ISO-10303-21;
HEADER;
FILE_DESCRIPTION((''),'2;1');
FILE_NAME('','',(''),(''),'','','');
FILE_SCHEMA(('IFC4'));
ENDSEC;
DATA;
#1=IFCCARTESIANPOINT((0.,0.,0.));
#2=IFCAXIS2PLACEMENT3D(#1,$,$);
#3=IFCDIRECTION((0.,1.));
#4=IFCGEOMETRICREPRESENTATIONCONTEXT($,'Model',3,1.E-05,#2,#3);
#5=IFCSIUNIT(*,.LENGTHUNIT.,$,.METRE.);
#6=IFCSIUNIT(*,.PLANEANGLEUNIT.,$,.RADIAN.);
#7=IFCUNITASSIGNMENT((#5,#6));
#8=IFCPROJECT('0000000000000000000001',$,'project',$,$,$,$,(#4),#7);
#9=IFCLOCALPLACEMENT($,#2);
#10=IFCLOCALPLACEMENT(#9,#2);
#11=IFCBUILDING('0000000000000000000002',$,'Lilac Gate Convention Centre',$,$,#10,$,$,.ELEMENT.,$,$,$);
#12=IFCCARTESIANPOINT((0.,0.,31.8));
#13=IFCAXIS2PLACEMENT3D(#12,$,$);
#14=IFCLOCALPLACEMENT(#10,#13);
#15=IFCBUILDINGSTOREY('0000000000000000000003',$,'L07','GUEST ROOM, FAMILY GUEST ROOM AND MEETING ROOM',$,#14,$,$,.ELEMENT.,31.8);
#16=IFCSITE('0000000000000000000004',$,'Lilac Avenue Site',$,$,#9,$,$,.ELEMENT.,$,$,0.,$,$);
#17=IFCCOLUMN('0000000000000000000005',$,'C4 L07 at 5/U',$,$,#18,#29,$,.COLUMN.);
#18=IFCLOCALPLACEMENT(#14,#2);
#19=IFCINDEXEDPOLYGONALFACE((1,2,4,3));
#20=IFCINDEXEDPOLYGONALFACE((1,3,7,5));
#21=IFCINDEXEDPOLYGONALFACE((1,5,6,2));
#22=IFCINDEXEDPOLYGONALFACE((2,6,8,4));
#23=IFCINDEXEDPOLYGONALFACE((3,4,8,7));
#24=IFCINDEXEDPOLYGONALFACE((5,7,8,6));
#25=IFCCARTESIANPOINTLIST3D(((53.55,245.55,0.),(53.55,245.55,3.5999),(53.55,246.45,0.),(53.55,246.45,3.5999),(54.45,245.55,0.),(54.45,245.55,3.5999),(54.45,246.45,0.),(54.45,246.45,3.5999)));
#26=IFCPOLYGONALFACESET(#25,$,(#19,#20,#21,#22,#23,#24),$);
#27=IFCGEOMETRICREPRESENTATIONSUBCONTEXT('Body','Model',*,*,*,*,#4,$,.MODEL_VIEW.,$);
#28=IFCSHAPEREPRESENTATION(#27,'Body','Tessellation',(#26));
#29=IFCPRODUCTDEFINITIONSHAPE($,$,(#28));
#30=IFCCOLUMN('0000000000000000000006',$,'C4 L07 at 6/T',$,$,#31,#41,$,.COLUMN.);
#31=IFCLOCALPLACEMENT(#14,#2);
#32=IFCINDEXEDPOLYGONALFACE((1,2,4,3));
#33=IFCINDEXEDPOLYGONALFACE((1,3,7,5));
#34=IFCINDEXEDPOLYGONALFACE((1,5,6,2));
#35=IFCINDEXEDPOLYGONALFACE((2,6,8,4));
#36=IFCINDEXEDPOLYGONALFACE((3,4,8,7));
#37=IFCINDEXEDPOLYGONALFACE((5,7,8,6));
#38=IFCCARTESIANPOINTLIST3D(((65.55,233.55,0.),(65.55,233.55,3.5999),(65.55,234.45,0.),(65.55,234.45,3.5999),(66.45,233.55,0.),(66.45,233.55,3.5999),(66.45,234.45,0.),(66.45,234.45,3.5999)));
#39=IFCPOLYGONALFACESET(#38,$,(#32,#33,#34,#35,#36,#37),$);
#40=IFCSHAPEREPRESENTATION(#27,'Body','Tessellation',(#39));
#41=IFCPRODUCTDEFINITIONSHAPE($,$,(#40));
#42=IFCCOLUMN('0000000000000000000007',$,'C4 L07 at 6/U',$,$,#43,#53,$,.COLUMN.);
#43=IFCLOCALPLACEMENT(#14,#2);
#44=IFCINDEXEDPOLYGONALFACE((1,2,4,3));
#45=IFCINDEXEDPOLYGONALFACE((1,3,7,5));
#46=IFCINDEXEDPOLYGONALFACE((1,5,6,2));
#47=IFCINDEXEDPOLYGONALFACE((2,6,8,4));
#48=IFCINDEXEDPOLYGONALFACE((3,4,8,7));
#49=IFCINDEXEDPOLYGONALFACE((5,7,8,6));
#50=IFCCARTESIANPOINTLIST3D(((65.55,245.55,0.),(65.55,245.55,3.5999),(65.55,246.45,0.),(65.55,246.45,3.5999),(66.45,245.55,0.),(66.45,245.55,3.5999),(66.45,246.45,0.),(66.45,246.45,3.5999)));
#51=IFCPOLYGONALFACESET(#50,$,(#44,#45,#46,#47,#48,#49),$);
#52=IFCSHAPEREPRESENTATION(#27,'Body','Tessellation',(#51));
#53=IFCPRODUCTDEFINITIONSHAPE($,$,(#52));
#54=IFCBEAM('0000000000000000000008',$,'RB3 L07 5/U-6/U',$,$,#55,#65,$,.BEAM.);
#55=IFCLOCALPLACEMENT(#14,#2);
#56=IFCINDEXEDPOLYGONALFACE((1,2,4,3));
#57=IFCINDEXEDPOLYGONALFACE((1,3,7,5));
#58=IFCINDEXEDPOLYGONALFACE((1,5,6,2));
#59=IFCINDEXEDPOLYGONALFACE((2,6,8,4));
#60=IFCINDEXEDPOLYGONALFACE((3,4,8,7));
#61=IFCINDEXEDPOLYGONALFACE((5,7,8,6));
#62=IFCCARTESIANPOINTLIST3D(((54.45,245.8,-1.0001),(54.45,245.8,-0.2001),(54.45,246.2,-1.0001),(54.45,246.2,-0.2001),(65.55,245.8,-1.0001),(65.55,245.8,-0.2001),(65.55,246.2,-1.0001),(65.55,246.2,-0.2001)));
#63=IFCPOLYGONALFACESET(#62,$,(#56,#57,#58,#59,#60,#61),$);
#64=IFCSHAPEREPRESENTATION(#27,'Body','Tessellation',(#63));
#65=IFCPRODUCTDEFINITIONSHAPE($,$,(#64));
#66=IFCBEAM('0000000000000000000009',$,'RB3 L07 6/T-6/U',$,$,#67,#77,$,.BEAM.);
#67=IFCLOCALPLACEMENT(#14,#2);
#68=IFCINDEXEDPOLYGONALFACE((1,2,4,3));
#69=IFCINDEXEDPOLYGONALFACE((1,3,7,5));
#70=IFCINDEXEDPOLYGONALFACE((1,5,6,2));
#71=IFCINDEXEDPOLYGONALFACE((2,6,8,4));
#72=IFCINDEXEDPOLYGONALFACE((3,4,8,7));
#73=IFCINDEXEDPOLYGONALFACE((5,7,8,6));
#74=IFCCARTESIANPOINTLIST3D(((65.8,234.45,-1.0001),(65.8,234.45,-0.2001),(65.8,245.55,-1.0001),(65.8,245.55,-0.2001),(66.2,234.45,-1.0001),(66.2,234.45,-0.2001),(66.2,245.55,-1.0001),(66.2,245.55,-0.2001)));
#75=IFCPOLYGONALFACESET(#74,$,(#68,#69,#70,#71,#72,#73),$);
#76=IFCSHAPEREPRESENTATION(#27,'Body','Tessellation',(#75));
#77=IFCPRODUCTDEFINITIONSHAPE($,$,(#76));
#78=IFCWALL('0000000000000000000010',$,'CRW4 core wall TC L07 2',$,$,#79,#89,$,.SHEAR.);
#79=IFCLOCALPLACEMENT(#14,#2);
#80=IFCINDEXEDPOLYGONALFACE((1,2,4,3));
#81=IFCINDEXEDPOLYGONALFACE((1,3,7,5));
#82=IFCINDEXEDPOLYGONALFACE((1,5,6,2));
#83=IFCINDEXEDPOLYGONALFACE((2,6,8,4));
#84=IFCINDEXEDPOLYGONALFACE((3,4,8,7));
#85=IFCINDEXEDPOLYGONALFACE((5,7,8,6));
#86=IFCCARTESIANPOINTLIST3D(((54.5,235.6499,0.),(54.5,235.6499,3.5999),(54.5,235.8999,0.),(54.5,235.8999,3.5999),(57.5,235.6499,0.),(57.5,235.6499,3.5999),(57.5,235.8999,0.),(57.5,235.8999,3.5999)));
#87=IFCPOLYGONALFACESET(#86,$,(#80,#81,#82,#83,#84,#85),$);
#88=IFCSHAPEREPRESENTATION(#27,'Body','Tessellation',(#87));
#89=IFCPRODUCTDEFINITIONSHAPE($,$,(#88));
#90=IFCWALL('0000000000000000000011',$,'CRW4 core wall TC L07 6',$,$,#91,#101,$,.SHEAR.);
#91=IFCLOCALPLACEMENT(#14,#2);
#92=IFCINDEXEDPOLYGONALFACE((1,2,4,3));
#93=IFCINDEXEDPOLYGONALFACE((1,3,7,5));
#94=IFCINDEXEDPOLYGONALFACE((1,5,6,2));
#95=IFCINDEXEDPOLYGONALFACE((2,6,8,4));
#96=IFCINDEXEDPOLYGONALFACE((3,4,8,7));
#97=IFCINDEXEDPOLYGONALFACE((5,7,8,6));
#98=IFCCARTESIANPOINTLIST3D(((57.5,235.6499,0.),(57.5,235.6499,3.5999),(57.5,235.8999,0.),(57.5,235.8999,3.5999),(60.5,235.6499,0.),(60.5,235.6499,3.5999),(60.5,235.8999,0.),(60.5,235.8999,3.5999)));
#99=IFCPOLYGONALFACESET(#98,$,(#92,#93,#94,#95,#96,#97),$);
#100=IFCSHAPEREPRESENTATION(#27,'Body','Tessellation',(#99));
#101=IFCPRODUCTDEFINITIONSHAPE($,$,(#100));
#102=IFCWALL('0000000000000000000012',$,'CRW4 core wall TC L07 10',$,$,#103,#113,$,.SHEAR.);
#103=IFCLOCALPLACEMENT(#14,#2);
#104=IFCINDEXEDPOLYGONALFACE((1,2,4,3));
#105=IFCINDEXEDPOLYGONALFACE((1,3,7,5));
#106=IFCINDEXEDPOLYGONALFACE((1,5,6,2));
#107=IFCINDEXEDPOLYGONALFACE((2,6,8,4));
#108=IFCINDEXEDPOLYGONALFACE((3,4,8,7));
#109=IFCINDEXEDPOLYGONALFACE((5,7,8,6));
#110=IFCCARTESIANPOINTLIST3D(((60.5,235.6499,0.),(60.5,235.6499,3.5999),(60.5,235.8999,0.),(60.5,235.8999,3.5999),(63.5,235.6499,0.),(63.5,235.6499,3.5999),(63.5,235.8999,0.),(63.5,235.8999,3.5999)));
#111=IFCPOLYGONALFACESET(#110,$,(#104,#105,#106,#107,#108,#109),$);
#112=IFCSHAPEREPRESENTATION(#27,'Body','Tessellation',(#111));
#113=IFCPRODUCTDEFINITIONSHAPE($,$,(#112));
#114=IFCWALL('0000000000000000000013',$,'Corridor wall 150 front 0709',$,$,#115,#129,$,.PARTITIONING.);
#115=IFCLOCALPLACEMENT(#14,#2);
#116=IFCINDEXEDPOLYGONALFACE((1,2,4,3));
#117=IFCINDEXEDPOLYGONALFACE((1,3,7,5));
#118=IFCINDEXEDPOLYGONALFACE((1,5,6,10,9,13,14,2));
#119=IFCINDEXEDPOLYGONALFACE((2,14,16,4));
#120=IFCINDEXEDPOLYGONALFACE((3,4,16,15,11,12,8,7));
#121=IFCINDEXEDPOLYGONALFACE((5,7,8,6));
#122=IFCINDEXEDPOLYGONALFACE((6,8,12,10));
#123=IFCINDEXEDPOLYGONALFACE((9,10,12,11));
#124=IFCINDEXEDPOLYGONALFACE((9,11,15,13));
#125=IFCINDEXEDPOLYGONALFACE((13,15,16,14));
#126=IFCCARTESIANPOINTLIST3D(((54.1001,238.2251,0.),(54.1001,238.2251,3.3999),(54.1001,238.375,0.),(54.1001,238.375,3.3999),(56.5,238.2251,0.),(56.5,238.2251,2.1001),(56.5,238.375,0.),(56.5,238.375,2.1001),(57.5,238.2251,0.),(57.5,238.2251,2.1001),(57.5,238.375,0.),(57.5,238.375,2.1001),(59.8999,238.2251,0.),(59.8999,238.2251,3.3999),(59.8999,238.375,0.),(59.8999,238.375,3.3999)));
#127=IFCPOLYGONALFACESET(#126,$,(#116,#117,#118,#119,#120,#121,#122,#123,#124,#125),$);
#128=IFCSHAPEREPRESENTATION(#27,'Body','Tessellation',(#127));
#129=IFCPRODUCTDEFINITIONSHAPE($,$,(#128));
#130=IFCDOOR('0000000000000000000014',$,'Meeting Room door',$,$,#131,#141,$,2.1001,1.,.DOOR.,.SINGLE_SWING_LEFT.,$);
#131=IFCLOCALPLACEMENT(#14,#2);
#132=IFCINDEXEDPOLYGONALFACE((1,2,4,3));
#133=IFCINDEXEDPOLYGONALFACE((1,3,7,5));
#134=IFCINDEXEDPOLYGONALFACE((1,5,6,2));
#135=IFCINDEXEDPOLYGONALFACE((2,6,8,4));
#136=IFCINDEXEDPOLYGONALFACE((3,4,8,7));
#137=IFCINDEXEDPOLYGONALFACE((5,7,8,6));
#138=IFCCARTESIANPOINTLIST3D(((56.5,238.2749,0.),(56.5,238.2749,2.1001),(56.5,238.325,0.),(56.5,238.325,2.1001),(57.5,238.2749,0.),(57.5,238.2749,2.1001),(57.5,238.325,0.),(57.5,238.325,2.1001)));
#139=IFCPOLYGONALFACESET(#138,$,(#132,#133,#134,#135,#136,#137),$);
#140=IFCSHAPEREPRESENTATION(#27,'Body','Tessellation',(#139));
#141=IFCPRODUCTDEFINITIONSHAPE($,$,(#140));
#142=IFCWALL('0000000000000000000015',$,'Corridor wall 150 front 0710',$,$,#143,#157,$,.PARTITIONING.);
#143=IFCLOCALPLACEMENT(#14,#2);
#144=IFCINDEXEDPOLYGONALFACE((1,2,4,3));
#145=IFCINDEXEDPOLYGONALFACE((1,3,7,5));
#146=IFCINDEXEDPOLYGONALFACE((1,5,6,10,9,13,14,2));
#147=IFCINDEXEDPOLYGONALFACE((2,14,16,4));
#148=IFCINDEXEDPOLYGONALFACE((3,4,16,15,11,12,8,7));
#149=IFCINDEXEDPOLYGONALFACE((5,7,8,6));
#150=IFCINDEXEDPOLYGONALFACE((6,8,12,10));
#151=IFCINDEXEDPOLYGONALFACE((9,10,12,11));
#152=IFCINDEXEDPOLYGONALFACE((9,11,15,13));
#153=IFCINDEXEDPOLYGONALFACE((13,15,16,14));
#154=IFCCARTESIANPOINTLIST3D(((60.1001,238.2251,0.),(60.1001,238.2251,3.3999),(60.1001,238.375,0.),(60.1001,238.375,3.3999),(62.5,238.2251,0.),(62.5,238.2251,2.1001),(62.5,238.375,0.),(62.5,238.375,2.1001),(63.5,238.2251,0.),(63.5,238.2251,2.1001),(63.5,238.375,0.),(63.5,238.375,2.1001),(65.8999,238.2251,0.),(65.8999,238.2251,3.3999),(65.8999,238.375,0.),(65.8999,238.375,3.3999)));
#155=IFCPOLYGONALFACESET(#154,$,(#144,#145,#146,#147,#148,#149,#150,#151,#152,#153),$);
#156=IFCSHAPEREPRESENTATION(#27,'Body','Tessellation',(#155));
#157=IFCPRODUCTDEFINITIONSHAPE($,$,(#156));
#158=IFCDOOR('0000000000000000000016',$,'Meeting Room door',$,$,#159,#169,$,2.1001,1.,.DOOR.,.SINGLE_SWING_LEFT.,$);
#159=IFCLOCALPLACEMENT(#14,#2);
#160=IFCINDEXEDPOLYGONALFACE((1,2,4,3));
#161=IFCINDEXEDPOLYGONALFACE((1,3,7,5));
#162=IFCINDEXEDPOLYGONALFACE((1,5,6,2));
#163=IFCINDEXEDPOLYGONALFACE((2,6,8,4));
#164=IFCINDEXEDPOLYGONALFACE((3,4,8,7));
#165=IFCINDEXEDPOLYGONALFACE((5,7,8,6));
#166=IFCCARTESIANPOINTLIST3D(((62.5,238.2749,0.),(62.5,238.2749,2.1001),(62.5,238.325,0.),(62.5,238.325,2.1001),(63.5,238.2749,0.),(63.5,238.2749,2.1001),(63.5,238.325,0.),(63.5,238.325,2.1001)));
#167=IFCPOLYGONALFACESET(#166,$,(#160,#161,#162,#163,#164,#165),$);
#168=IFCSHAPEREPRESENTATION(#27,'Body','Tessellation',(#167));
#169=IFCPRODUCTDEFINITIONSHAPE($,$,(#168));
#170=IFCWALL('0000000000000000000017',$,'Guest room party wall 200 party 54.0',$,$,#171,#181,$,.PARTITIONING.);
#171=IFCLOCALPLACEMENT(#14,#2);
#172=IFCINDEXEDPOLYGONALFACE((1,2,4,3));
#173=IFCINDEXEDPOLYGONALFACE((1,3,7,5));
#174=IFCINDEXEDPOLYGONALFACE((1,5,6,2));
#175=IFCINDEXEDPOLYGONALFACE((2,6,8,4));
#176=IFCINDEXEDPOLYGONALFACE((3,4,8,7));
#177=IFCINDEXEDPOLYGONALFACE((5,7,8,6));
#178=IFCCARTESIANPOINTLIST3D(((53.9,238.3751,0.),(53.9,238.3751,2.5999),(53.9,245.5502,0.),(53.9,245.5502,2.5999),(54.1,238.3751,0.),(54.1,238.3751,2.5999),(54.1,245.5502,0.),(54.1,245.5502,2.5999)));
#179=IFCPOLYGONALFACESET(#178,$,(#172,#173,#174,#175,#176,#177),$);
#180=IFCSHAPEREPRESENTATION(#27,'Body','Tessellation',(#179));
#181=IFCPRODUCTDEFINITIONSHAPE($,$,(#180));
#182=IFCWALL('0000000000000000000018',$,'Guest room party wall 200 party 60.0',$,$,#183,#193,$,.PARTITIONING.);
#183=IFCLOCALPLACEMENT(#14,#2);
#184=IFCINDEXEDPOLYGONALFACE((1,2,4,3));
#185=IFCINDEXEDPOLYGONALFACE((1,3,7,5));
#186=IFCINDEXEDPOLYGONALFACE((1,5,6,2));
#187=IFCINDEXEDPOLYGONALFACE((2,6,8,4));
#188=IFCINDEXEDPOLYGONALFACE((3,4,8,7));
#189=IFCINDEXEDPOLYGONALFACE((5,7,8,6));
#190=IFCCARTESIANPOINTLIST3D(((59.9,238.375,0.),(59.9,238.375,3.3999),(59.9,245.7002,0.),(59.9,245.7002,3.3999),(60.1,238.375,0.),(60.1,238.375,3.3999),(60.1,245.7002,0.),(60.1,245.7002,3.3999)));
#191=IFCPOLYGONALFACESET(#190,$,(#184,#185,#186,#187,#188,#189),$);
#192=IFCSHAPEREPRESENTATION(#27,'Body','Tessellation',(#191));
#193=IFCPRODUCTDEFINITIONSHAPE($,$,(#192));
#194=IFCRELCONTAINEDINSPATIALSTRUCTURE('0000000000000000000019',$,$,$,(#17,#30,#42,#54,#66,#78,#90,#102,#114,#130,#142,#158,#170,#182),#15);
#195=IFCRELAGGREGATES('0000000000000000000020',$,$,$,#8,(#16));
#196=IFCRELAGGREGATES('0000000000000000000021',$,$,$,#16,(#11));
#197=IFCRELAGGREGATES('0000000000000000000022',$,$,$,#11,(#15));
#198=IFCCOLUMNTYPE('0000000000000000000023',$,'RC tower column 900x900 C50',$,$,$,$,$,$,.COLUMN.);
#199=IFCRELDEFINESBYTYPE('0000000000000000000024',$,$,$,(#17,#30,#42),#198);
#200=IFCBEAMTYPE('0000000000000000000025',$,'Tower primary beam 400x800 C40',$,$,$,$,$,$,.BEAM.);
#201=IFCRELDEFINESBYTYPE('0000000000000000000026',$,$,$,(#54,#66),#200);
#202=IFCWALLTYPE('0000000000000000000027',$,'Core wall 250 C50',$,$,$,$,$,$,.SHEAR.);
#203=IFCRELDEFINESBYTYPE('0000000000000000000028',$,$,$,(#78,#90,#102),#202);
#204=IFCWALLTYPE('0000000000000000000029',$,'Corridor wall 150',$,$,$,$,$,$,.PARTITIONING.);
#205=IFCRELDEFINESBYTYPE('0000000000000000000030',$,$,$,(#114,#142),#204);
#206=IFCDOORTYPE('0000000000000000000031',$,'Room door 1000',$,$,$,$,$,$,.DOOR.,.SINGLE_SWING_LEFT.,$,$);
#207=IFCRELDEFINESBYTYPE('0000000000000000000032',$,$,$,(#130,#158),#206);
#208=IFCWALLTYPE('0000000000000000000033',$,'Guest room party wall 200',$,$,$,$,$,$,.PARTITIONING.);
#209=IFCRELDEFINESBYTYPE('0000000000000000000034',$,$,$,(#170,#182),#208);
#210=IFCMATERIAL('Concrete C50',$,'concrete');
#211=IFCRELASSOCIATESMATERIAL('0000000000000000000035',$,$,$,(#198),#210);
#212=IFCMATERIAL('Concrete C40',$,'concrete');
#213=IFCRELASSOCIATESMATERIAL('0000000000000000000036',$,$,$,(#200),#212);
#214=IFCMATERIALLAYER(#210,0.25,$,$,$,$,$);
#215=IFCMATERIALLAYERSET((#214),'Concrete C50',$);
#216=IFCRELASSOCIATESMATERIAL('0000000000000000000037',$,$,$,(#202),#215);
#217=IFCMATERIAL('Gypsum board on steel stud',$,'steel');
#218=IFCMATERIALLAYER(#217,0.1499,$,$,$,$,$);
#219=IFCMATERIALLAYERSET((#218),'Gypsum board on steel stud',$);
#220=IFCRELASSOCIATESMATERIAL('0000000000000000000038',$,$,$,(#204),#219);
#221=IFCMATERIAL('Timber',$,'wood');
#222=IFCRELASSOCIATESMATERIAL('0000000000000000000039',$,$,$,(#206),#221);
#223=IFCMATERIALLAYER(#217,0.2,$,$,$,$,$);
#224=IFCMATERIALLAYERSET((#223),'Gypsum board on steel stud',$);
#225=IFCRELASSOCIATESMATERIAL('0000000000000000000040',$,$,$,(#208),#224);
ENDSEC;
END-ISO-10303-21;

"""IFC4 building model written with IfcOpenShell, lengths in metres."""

from ifc_helpers import new_model, si_unit, direction, frame, frame_2d, origin, origin_2d, place, context, subcontext, project, spatial, rectangle, extrude, material, layer, layer_set, material_profile, profile_set, type_object, element, fill, save


model = new_model("IFC4")

# Units and contexts
model_context = context("Model", 3, precision=1e-05, world=origin(), true_north=direction((0.0, 1.0)))
body_context = subcontext(model_context, "Body", "Model", "MODEL_VIEW")
ifc_project = project(units=[si_unit("LENGTHUNIT", "METRE"), si_unit("PLANEANGLEUNIT", "RADIAN")], contexts=[model_context])

# Site, building, storey
site_placement = place(None, origin())
site = spatial("IfcSite", under=ifc_project, at=site_placement, Name="Lilac Avenue Site", CompositionType="ELEMENT", RefElevation=0.0)
building_placement = place(site_placement, origin())
building = spatial("IfcBuilding", under=site, at=building_placement, Name="Lilac Gate Convention Centre", CompositionType="ELEMENT")
storey_placement = place(building_placement, frame((0.0, 0.0, 31.8)))
storey = spatial("IfcBuildingStorey", under=building, at=storey_placement, Name="L07", Description="GUEST ROOM, FAMILY GUEST ROOM AND MEETING ROOM", CompositionType="ELEMENT", Elevation=31.8)

# Columns
ifc_material_1 = material(Name="Concrete C50", Category="concrete")
ifc_material_profile_1 = material_profile(ifc_material_1, rectangle(XDim=0.8999, YDim=0.8999, at=origin_2d()), Name="RC 900x900")
ifc_profile_set_1 = profile_set([ifc_material_profile_1], Name="Concrete C50")
column_type = type_object("IfcColumnType", Name="RC tower column 900x900 C50", PredefinedType="COLUMN", material=ifc_profile_set_1)
for number, where, z_axis, x_axis, name in (
    (1, (54.0, 246.0, 0.0), (0.0, 0.0, 1.0), (1.0, 0.0, 0.0), "C4 L07 at 5/U"),
    (2, (66.0, 234.0, 0.0), (0.0, 0.0, 1.0), (1.0, 0.0, 0.0), "C4 L07 at 6/T"),
    (3, (66.0, 246.0, 0.0), (0.0, 0.0, 1.0), (1.0, 0.0, 0.0), "C4 L07 at 6/U"),
):
    element("IfcColumn", number, at=place(storey_placement, frame(where, z_axis=z_axis, x_axis=x_axis)), inside=storey, type_object=column_type, Name=name, PredefinedType="COLUMN", context=body_context, shape_type="SweptSolid", body=[
        extrude(rectangle(XDim=0.8999, YDim=0.8999, at=origin_2d()), origin(), (0.0, 0.0, 1.0), 3.5999),
    ])

# Beams
ifc_material_2 = material(Name="Concrete C40", Category="concrete")
ifc_material_profile_2 = material_profile(ifc_material_2, rectangle(XDim=0.3999, YDim=0.8, at=origin_2d()), Name="RC 400x800")
ifc_profile_set_2 = profile_set([ifc_material_profile_2], Name="Concrete C40")
beam_type = type_object("IfcBeamType", Name="Tower primary beam 400x800 C40", PredefinedType="BEAM", material=ifc_profile_set_2)
for number, where, z_axis, x_axis, name in (
    (4, (54.45, 246.0, -0.6001), (1.0, 0.0, 0.0), (0.0, 1.0, 0.0), "RB3 L07 5/U-6/U"),
    (5, (66.0, 234.45, -0.6001), (0.0, 1.0, 0.0), (-1.0, 0.0, 0.0), "RB3 L07 6/T-6/U"),
):
    element("IfcBeam", number, at=place(storey_placement, frame(where, z_axis=z_axis, x_axis=x_axis)), inside=storey, type_object=beam_type, Name=name, PredefinedType="BEAM", context=body_context, shape_type="SweptSolid", body=[
        extrude(rectangle(XDim=0.3999, YDim=0.8, at=origin_2d()), origin(), (0.0, 0.0, 1.0), 11.1001),
    ])

# Walls
ifc_layer_1 = layer(ifc_material_1, 0.25)
ifc_layer_set_1 = layer_set([ifc_layer_1], Name="Concrete C50")
wall_type_1 = type_object("IfcWallType", Name="Core wall 250 C50", PredefinedType="SHEAR", material=ifc_layer_set_1)
for number, where, z_axis, x_axis, name in (
    (6, (54.5, 235.7749, 0.0), (0.0, 0.0, 1.0), (1.0, 0.0, 0.0), "CRW4 core wall TC L07 2"),
    (7, (57.5, 235.7749, 0.0), (0.0, 0.0, 1.0), (1.0, 0.0, 0.0), "CRW4 core wall TC L07 6"),
    (8, (60.5, 235.7749, 0.0), (0.0, 0.0, 1.0), (1.0, 0.0, 0.0), "CRW4 core wall TC L07 10"),
):
    element("IfcWall", number, at=place(storey_placement, frame(where, z_axis=z_axis, x_axis=x_axis)), inside=storey, type_object=wall_type_1, Name=name, PredefinedType="SHEAR", context=body_context, shape_type="SweptSolid", body=[
        extrude(rectangle(XDim=3.0, YDim=0.25, at=frame_2d((1.5, 0.0))), origin(), (0.0, 0.0, 1.0), 3.5999),
    ])

# Walls, openings, doors
ifc_material_3 = material(Name="Gypsum board on steel stud", Category="steel")
ifc_layer_2 = layer(ifc_material_3, 0.1499)
ifc_layer_set_2 = layer_set([ifc_layer_2], Name="Gypsum board on steel stud")
wall_type_2 = type_object("IfcWallType", Name="Corridor wall 150", PredefinedType="PARTITIONING", material=ifc_layer_set_2)
wall_1_placement = place(storey_placement, frame((54.1001, 238.3, 0.0), z_axis=(0.0, 0.0, 1.0), x_axis=(1.0, 0.0, 0.0)))
wall_1 = element("IfcWall", 9, at=wall_1_placement, inside=storey, type_object=wall_type_2, Name="Corridor wall 150 front 0709", PredefinedType="PARTITIONING", context=body_context, shape_type="SweptSolid", body=[
    extrude(rectangle(XDim=5.7998, YDim=0.1499, at=frame_2d((2.8999, 0.0))), origin(), (0.0, 0.0, 1.0), 3.3999),
])
opening_1_placement = place(wall_1_placement, frame((2.3999, 0.0, 0.0)))
opening_1 = element("IfcOpeningElement", 10, at=opening_1_placement, cuts=wall_1, PredefinedType="OPENING", context=body_context, shape_type="SweptSolid", body=[
    extrude(rectangle(XDim=1.0, YDim=2.1001, at=frame_2d((0.5, 1.05))), frame((0.0, 0.085, 0.0), z_axis=(0.0, -1.0, 0.0), x_axis=(1.0, 0.0, 0.0)), (0.0, 0.0, 1.0), 0.1699),
])
ifc_material_4 = material(Name="Timber", Category="wood")
door_type = type_object("IfcDoorType", Name="Room door 1000", OperationType="SINGLE_SWING_LEFT", PredefinedType="DOOR", material=ifc_material_4)
door_1_placement = place(opening_1_placement, origin())
door_1 = element("IfcDoor", 11, at=door_1_placement, inside=storey, type_object=door_type, Name="Meeting Room door", OperationType="SINGLE_SWING_LEFT", OverallHeight=2.1001, OverallWidth=1.0, PredefinedType="DOOR", context=body_context, shape_type="SweptSolid", body=[
    extrude(rectangle(XDim=1.0, YDim=2.1001, at=frame_2d((0.5, 1.05))), frame((0.0, 0.0249, 0.0), z_axis=(0.0, -1.0, 0.0), x_axis=(1.0, 0.0, 0.0)), (0.0, 0.0, 1.0), 0.05),
])
fill(opening_1, door_1)
wall_2_placement = place(storey_placement, frame((60.1001, 238.3, 0.0), z_axis=(0.0, 0.0, 1.0), x_axis=(1.0, 0.0, 0.0)))
wall_2 = element("IfcWall", 12, at=wall_2_placement, inside=storey, type_object=wall_type_2, Name="Corridor wall 150 front 0710", PredefinedType="PARTITIONING", context=body_context, shape_type="SweptSolid", body=[
    extrude(rectangle(XDim=5.7998, YDim=0.1499, at=frame_2d((2.8999, 0.0))), origin(), (0.0, 0.0, 1.0), 3.3999),
])
opening_2_placement = place(wall_2_placement, frame((2.3999, 0.0, 0.0)))
opening_2 = element("IfcOpeningElement", 13, at=opening_2_placement, cuts=wall_2, PredefinedType="OPENING", context=body_context, shape_type="SweptSolid", body=[
    extrude(rectangle(XDim=1.0, YDim=2.1001, at=frame_2d((0.5, 1.05))), frame((0.0, 0.085, 0.0), z_axis=(0.0, -1.0, 0.0), x_axis=(1.0, 0.0, 0.0)), (0.0, 0.0, 1.0), 0.1699),
])
door_2_placement = place(opening_2_placement, origin())
door_2 = element("IfcDoor", 14, at=door_2_placement, inside=storey, type_object=door_type, Name="Meeting Room door", OperationType="SINGLE_SWING_LEFT", OverallHeight=2.1001, OverallWidth=1.0, PredefinedType="DOOR", context=body_context, shape_type="SweptSolid", body=[
    extrude(rectangle(XDim=1.0, YDim=2.1001, at=frame_2d((0.5, 1.05))), frame((0.0, 0.0249, 0.0), z_axis=(0.0, -1.0, 0.0), x_axis=(1.0, 0.0, 0.0)), (0.0, 0.0, 1.0), 0.05),
])
fill(opening_2, door_2)

# Walls
ifc_layer_3 = layer(ifc_material_3, 0.2)
ifc_layer_set_3 = layer_set([ifc_layer_3], Name="Gypsum board on steel stud")
wall_type_3 = type_object("IfcWallType", Name="Guest room party wall 200", PredefinedType="PARTITIONING", material=ifc_layer_set_3)
wall_3_placement = place(storey_placement, frame((54.0, 245.55, 0.0), z_axis=(0.0, 0.0, 1.0), x_axis=(0.0, -1.0, 0.0)))
element("IfcWall", 15, at=wall_3_placement, inside=storey, type_object=wall_type_3, Name="Guest room party wall 200 party 54.0", PredefinedType="PARTITIONING", context=body_context, shape_type="SweptSolid", body=[
    extrude(rectangle(XDim=7.175, YDim=0.2, at=frame_2d((3.5874, 0.0))), origin(), (0.0, 0.0, 1.0), 2.5999),
])
wall_4_placement = place(storey_placement, frame((60.0, 245.7002, 0.0), z_axis=(0.0, 0.0, 1.0), x_axis=(0.0, -1.0, 0.0)))
element("IfcWall", 16, at=wall_4_placement, inside=storey, type_object=wall_type_3, Name="Guest room party wall 200 party 60.0", PredefinedType="PARTITIONING", context=body_context, shape_type="SweptSolid", body=[
    extrude(rectangle(XDim=7.3252, YDim=0.2, at=frame_2d((3.6626, 0.0))), origin(), (0.0, 0.0, 1.0), 3.3999),
])

save(model, "model.ifc")
